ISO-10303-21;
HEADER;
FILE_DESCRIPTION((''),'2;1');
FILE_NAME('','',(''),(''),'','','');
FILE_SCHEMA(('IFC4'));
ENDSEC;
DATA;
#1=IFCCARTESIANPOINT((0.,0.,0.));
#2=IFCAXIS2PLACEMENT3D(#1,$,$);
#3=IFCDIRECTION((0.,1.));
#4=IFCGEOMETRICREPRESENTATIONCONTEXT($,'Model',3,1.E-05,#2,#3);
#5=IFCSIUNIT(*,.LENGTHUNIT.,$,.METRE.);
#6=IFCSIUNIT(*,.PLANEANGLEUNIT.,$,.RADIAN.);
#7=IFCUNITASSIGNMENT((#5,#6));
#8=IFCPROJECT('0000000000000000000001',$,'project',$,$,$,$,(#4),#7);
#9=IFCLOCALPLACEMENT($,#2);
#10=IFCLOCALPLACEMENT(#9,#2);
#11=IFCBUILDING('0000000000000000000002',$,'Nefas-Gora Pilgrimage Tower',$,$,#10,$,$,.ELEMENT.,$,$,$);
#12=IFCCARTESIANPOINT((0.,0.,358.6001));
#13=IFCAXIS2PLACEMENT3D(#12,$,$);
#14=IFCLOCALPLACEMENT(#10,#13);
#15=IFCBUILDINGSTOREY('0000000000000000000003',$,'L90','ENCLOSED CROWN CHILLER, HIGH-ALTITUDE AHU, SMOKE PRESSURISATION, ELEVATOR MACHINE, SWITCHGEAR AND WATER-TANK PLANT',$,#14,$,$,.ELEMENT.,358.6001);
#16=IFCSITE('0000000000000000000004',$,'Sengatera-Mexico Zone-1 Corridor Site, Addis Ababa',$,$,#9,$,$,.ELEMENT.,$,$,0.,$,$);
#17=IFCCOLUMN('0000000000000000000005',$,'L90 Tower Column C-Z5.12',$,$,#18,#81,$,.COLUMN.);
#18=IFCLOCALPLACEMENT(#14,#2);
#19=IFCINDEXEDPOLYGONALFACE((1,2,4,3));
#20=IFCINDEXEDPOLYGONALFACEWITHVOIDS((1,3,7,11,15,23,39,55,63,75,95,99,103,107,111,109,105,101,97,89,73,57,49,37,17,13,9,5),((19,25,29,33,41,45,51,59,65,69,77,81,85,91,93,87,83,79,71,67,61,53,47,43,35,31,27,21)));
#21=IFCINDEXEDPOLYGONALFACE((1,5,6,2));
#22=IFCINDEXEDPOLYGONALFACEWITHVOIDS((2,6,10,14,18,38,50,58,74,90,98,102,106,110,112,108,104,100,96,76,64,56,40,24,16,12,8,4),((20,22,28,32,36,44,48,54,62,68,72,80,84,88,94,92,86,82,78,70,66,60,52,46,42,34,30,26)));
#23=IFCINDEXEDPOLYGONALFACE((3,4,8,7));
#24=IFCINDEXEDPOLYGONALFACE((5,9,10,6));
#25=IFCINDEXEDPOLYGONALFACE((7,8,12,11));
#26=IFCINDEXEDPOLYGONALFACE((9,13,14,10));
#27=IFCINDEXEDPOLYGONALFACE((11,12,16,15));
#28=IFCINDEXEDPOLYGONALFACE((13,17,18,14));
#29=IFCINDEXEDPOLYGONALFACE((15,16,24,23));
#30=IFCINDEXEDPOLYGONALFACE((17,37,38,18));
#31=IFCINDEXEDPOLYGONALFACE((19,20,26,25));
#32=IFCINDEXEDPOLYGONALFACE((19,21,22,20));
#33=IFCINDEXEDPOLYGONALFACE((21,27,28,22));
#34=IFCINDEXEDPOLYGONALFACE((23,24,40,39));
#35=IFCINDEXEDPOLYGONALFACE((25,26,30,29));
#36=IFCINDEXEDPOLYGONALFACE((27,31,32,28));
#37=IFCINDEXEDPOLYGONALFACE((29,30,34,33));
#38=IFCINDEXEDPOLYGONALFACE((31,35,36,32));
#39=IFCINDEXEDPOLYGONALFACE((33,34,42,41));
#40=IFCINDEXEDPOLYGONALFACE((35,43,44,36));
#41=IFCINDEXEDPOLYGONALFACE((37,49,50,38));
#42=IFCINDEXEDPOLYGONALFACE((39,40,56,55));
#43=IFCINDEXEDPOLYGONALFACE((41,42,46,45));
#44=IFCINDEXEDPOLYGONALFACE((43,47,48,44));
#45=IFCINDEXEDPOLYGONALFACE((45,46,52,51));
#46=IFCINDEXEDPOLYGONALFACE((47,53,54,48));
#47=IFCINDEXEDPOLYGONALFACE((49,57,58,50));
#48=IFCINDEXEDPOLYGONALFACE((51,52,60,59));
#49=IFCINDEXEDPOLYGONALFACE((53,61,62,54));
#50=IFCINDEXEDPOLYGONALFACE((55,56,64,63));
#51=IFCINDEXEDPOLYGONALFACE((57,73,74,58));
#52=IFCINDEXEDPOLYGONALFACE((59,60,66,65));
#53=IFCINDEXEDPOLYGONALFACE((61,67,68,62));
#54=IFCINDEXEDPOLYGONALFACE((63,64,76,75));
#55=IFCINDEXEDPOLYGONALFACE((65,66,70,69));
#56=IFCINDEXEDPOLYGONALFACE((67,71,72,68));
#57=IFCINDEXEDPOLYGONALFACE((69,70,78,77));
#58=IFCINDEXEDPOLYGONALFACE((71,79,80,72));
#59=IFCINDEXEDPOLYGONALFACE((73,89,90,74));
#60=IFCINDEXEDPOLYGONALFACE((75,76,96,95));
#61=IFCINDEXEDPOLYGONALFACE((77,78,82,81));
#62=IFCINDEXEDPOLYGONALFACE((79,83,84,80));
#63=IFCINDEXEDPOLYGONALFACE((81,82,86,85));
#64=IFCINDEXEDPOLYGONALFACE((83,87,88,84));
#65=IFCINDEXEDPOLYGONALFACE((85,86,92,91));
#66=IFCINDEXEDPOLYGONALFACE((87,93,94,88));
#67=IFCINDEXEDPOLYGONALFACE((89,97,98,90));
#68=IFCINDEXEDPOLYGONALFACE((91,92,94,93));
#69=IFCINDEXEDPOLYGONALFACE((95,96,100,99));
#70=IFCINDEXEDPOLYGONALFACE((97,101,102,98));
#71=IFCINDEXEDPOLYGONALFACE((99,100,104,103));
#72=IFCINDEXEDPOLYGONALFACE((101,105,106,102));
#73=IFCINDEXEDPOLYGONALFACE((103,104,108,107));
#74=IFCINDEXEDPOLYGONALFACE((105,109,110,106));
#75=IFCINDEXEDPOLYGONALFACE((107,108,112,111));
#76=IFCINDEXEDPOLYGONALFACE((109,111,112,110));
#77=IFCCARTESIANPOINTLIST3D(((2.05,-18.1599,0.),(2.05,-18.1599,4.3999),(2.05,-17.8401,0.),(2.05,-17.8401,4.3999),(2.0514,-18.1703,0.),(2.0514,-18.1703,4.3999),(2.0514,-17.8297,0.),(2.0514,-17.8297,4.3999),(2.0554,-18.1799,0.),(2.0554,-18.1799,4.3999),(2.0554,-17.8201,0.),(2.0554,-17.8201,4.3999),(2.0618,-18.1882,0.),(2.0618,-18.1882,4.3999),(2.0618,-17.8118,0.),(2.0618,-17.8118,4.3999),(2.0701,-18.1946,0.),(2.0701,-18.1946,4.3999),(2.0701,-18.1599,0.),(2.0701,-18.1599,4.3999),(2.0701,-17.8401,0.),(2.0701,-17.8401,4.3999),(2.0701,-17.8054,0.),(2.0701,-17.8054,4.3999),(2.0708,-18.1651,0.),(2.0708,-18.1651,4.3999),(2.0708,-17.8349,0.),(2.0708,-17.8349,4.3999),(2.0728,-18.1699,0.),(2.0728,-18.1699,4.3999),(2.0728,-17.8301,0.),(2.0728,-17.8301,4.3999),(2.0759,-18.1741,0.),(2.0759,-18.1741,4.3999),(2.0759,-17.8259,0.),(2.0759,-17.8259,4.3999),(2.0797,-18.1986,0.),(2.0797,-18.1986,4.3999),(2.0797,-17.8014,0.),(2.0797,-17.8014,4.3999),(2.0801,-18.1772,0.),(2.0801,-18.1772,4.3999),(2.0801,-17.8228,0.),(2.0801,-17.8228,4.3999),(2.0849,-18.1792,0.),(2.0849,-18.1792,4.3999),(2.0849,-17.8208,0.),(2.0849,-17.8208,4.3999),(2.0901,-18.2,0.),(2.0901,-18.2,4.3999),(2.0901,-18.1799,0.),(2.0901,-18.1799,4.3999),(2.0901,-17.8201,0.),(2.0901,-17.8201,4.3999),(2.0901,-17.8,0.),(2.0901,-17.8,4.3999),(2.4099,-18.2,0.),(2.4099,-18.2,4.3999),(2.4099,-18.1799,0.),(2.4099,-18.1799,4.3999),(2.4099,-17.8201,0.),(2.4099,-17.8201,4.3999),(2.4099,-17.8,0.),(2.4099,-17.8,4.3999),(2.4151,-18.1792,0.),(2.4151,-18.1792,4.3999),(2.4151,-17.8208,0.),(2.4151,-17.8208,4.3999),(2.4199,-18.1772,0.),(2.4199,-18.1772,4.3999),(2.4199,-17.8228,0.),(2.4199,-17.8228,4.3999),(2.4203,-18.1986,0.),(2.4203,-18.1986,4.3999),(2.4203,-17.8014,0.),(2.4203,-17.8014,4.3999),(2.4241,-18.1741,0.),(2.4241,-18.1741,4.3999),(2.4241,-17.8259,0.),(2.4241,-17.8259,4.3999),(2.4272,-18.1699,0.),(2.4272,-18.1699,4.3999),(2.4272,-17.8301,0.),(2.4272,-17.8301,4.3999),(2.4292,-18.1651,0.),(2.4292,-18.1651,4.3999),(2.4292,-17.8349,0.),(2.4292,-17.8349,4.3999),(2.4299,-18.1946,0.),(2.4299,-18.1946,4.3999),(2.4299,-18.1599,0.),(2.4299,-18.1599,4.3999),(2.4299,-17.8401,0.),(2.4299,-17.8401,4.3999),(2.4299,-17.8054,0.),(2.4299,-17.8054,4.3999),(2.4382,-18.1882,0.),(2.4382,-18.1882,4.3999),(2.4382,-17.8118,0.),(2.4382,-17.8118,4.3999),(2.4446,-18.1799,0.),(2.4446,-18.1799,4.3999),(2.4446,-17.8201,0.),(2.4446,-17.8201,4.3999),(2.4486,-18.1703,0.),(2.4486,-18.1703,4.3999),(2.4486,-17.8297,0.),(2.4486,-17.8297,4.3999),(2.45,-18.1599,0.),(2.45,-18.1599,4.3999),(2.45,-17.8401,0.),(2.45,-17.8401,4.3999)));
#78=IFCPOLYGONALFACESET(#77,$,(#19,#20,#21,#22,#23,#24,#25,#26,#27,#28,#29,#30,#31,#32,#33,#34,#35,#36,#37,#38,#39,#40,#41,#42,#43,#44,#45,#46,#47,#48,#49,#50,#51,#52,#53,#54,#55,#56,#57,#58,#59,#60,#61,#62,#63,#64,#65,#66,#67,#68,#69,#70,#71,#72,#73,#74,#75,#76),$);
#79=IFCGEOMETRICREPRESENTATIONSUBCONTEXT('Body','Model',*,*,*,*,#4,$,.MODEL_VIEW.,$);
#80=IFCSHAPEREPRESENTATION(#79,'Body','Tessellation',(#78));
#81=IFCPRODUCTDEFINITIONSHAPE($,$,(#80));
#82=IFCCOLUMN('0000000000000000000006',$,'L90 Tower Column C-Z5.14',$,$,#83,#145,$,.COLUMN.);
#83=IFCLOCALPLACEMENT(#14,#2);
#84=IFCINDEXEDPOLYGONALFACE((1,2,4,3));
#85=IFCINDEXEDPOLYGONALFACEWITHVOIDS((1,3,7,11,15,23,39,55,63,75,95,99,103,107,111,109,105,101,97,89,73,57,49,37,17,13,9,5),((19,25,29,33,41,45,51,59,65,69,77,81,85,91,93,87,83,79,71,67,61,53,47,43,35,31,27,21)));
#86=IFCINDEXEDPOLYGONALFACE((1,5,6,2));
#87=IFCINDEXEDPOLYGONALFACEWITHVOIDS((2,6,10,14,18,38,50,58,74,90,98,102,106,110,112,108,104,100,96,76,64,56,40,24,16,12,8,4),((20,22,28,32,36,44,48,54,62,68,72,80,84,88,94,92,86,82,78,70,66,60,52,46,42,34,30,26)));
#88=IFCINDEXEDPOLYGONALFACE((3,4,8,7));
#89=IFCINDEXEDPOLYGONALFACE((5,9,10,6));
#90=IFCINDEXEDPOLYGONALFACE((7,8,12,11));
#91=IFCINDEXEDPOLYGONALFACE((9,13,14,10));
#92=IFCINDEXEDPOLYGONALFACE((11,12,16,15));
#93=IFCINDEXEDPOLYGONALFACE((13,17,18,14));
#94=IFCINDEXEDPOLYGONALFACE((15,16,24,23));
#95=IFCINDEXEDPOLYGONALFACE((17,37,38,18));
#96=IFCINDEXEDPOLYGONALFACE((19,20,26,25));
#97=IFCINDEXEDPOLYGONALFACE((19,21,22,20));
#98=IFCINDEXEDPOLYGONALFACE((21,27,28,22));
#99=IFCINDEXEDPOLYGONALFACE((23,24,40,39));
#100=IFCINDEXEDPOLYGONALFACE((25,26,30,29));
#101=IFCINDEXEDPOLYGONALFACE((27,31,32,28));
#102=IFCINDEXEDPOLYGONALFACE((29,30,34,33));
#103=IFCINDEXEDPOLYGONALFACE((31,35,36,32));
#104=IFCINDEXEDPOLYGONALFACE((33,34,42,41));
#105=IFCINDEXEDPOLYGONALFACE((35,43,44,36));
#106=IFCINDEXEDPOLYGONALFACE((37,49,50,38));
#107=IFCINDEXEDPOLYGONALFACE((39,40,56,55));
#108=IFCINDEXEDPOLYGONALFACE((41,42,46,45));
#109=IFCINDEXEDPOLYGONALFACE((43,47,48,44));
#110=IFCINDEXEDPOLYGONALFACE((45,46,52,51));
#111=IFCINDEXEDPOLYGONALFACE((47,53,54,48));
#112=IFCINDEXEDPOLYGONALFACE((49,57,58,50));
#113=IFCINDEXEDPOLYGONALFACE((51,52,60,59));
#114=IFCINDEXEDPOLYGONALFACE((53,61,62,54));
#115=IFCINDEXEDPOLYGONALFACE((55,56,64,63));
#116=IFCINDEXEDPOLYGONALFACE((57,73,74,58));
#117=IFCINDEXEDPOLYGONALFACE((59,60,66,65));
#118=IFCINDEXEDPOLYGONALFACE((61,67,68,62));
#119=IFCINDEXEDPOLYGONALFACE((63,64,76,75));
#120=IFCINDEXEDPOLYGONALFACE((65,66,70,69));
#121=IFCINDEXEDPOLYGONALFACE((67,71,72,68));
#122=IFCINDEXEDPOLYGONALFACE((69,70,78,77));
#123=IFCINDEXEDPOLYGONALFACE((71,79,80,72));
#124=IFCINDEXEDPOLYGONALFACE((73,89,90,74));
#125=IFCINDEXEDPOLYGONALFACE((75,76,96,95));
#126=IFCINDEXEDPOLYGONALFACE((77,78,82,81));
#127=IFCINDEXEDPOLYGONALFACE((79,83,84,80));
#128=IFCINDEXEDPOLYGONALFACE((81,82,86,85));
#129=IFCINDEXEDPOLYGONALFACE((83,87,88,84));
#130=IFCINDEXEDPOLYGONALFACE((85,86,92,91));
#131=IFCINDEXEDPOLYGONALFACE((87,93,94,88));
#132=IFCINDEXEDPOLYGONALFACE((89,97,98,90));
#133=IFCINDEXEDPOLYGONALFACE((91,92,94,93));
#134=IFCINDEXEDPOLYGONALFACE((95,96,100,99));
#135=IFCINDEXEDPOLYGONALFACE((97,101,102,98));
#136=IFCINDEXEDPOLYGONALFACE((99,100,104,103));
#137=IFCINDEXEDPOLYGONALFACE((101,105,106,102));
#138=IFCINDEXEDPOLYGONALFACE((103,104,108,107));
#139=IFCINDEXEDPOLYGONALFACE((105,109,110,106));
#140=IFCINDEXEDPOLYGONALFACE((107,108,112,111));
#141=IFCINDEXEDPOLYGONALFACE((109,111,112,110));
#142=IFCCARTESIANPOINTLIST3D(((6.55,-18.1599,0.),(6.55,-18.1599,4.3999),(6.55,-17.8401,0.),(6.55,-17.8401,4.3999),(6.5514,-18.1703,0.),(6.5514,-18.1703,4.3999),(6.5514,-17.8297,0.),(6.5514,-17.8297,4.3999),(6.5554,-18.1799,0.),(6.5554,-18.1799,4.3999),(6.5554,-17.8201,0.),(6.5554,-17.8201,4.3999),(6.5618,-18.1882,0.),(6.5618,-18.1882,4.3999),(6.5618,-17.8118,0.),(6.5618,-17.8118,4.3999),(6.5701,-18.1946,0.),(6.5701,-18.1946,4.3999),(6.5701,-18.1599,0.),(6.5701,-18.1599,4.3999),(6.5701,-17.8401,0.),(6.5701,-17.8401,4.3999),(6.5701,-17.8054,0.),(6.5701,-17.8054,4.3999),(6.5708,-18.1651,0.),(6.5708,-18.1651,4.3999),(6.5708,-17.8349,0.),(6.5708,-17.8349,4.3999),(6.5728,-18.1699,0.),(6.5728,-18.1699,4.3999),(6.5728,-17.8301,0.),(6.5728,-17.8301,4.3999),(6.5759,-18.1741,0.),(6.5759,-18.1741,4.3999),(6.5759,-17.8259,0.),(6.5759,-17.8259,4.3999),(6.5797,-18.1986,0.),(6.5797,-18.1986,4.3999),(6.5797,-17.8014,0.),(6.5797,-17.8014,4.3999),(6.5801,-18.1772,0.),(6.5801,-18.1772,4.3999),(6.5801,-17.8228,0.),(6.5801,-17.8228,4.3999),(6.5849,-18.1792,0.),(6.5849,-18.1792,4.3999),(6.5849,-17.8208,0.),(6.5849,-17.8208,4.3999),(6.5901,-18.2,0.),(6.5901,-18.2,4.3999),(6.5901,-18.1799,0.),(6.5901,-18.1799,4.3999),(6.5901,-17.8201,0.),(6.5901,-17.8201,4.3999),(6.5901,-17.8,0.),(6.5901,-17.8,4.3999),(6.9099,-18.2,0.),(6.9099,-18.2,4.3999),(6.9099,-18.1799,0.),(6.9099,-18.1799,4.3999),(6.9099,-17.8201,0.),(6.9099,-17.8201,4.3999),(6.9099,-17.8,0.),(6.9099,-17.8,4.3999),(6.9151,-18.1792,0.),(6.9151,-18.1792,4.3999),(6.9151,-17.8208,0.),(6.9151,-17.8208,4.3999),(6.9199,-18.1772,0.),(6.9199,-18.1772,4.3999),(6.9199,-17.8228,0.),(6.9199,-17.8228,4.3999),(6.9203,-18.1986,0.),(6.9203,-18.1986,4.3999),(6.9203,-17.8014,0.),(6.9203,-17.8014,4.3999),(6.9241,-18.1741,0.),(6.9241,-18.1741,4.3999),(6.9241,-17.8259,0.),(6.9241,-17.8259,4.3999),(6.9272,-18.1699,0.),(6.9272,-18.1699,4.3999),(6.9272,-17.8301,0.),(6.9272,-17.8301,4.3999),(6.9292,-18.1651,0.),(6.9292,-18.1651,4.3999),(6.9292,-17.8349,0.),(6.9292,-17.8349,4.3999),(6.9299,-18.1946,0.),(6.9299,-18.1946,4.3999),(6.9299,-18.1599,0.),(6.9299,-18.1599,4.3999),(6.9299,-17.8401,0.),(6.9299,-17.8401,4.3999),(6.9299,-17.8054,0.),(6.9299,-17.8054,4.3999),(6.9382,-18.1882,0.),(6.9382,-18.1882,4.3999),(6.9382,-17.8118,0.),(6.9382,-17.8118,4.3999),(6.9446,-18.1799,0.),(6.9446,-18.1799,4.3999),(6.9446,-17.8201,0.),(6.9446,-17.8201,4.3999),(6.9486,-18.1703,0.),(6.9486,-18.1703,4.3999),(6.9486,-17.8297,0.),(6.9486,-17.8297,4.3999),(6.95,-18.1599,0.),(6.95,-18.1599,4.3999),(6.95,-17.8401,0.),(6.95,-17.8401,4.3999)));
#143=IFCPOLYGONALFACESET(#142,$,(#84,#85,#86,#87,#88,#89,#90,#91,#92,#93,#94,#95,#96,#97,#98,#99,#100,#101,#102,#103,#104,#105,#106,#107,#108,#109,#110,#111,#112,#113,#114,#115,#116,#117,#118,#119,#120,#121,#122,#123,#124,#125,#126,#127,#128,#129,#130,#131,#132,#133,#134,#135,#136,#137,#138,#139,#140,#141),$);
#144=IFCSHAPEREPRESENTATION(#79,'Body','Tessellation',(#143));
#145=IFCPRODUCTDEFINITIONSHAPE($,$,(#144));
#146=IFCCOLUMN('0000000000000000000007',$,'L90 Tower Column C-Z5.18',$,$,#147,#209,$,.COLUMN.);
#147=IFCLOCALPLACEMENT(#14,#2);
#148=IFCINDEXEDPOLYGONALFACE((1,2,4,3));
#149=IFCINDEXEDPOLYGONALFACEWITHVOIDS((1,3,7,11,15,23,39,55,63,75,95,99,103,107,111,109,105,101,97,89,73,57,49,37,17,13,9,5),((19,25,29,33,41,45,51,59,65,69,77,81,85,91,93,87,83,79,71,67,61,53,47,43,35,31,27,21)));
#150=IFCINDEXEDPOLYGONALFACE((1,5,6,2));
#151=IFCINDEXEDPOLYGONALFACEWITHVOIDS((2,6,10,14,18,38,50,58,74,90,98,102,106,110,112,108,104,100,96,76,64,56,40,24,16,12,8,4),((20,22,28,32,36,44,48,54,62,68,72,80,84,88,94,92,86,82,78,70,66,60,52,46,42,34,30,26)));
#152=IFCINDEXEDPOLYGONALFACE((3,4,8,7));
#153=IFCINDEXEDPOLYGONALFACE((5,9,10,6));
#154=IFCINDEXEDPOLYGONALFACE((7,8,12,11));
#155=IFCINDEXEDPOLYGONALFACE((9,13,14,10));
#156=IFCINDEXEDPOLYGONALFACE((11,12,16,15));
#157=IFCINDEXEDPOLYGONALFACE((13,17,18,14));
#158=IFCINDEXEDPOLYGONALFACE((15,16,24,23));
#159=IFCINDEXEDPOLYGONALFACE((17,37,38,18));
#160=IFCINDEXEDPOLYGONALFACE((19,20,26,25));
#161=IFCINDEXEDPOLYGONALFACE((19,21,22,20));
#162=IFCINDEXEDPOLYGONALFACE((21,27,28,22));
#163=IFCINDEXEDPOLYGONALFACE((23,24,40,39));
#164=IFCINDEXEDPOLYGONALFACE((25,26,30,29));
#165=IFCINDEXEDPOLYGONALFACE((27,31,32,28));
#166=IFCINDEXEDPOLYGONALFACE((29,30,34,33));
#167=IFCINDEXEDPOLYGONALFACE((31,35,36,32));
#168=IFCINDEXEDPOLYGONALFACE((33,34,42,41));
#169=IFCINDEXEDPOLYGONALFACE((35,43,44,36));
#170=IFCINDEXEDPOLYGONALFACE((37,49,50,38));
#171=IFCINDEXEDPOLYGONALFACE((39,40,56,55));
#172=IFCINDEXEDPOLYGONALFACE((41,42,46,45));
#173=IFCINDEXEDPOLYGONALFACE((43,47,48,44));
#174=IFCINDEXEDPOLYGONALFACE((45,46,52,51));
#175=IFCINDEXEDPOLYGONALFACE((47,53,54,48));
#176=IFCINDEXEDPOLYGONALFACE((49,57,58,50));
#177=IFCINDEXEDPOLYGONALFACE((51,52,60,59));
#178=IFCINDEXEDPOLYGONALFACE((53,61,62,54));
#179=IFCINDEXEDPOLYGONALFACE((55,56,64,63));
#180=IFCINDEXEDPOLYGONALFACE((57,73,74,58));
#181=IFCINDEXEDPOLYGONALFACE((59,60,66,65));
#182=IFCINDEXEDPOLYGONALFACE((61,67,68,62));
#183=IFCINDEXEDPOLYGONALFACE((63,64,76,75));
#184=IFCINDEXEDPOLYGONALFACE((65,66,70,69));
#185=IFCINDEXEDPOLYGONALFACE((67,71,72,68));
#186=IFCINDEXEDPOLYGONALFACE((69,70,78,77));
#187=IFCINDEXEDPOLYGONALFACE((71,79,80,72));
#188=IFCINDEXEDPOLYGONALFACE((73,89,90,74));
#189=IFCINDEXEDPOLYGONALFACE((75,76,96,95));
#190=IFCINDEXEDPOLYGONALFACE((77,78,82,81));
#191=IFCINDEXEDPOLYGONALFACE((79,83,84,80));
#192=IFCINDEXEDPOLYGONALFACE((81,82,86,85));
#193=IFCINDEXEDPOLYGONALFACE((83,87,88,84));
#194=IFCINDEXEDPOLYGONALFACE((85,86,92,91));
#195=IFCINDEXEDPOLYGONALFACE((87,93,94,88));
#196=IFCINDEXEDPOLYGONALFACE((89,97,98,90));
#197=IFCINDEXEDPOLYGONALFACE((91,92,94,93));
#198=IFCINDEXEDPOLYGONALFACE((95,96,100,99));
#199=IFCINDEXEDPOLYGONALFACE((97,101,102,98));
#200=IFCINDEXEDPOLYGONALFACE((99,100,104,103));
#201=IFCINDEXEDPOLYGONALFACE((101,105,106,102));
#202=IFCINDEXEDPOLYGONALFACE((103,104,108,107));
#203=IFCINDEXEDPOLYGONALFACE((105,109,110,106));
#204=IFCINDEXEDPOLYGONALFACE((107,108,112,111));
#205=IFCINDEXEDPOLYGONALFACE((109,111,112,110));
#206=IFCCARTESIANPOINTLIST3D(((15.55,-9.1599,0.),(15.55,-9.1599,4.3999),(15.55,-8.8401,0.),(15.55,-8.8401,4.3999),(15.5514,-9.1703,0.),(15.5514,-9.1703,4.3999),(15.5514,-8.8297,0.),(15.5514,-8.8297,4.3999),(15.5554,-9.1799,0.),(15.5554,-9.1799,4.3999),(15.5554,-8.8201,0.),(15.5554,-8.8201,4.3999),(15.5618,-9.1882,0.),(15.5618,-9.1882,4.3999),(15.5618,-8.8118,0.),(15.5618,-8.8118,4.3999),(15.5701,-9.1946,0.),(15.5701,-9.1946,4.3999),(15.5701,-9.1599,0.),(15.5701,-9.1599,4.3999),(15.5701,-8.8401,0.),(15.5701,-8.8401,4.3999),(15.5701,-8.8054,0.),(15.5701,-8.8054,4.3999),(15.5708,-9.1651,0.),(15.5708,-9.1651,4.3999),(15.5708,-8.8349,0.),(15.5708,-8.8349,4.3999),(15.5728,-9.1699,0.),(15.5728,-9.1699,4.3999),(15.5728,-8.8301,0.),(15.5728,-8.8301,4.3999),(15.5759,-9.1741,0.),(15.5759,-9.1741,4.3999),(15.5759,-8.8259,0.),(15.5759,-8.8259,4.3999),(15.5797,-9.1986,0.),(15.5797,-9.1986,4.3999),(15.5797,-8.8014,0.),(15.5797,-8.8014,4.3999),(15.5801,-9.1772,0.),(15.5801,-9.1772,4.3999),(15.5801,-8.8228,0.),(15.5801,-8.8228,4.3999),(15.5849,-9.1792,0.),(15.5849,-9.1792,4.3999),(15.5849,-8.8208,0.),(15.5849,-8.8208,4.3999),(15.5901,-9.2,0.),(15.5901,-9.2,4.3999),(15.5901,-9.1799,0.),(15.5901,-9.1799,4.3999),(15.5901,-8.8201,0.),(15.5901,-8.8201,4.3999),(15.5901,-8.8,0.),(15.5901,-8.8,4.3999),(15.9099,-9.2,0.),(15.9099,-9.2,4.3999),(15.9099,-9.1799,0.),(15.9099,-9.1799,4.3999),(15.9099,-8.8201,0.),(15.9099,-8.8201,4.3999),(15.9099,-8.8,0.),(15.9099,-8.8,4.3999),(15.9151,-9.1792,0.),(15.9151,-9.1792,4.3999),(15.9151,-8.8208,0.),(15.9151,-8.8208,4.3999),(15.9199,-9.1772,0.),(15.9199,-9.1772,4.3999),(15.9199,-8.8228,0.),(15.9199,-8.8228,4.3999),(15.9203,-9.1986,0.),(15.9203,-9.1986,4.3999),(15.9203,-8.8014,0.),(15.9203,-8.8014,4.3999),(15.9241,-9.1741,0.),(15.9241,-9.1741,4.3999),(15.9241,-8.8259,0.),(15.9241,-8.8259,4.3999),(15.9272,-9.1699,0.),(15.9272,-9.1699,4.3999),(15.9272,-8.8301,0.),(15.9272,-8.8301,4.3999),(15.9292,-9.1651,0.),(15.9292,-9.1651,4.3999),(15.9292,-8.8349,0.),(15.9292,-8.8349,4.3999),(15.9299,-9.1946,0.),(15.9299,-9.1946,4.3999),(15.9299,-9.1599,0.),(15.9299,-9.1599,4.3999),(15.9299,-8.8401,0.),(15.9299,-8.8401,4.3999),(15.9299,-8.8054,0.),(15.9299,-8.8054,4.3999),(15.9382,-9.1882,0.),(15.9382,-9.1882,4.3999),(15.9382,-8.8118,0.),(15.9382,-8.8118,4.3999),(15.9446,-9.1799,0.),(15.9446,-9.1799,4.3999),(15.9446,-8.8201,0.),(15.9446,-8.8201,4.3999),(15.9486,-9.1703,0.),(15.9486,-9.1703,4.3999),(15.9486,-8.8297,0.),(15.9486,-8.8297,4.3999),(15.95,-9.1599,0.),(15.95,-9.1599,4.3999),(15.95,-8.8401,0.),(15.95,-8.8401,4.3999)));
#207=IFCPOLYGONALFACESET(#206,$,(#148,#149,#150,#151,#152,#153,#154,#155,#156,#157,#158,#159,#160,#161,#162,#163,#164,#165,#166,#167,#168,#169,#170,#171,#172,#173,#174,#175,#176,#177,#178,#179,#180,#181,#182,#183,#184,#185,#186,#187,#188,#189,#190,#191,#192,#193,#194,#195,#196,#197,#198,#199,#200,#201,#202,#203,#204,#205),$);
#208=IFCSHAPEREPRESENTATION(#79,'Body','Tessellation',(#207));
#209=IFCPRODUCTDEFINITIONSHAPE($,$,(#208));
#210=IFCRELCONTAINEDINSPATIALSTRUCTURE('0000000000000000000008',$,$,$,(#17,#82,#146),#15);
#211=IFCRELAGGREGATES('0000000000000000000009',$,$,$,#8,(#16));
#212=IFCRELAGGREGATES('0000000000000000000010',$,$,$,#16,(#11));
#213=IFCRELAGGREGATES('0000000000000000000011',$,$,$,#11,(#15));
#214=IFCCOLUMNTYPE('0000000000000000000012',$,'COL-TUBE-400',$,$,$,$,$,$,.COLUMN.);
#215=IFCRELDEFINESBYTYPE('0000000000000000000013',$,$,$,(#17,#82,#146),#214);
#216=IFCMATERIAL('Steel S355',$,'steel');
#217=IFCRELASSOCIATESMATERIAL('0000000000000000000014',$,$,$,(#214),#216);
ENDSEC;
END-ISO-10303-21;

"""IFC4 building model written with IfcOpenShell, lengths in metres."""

from ifc_helpers import new_model, si_unit, direction, frame, origin, origin_2d, place, context, subcontext, project, spatial, hollow_rectangle, extrude, source, transform, mapped, material, material_profile, profile_set, type_object, element, save


model = new_model("IFC4")

# Units and contexts
model_context = context("Model", 3, precision=1e-05, world=origin(), true_north=direction((0.0, 1.0)))
body_context = subcontext(model_context, "Body", "Model", "MODEL_VIEW")
ifc_project = project(units=[si_unit("LENGTHUNIT", "METRE"), si_unit("PLANEANGLEUNIT", "RADIAN")], contexts=[model_context])

# Site, building, storey
site_placement = place(None, origin())
site = spatial("IfcSite", under=ifc_project, at=site_placement, Name="Sengatera-Mexico Zone-1 Corridor Site, Addis Ababa", CompositionType="ELEMENT", RefElevation=0.0)
building_placement = place(site_placement, origin())
building = spatial("IfcBuilding", under=site, at=building_placement, Name="Nefas-Gora Pilgrimage Tower", CompositionType="ELEMENT")
storey_placement = place(building_placement, frame((0.0, 0.0, 358.6001)))
storey = spatial("IfcBuildingStorey", under=building, at=storey_placement, Name="L90", Description="ENCLOSED CROWN CHILLER, HIGH-ALTITUDE AHU, SMOKE PRESSURISATION, ELEVATOR MACHINE, SWITCHGEAR AND WATER-TANK PLANT", CompositionType="ELEMENT", Elevation=358.6001)

# Columns
ifc_material_1 = material(Name="Steel S355", Category="steel")
ifc_material_profile_1 = material_profile(ifc_material_1, hollow_rectangle(XDim=0.3999, YDim=0.3999, WallThickness=0.02, InnerFilletRadius=0.02, OuterFilletRadius=0.04, at=origin_2d()), Name="SHS 400x400x20")
ifc_profile_set_1 = profile_set([ifc_material_profile_1], Name="Steel S355")
column_type_1 = type_object("IfcColumnType", Name="COL-TUBE-400", PredefinedType="COLUMN", material=ifc_profile_set_1)
shared_shape_1 = source(origin(), body_context, "Body", "SweptSolid", [
    extrude(hollow_rectangle(XDim=0.3999, YDim=0.3999, WallThickness=0.02, InnerFilletRadius=0.02, OuterFilletRadius=0.04, at=origin_2d()), origin(), (0.0, 0.0, 1.0), 4.3999),
])
for number, where, z_axis, x_axis, name in (
    (1, (2.25, -18.0, 0.0), (0.0, 0.0, 1.0), (1.0, 0.0, 0.0), "L90 Tower Column C-Z5.12"),
    (2, (6.75, -18.0, 0.0), (0.0, 0.0, 1.0), (1.0, 0.0, 0.0), "L90 Tower Column C-Z5.14"),
    (3, (15.75, -9.0, 0.0), (0.0, 0.0, 1.0), (1.0, 0.0, 0.0), "L90 Tower Column C-Z5.18"),
):
    element("IfcColumn", number, at=place(storey_placement, frame(where, z_axis=z_axis, x_axis=x_axis)), inside=storey, type_object=column_type_1, Name=name, PredefinedType="COLUMN", context=body_context, shape_type="MappedRepresentation", body=[
        mapped(shared_shape_1, transform((0.0, 0.0, 0.0), x_axis=(1.0, 0.0, 0.0), y_axis=(0.0, 1.0, 0.0), z_axis=(0.0, 0.0, 1.0), scale=1.0)),
    ])

save(model, "model.ifc")
